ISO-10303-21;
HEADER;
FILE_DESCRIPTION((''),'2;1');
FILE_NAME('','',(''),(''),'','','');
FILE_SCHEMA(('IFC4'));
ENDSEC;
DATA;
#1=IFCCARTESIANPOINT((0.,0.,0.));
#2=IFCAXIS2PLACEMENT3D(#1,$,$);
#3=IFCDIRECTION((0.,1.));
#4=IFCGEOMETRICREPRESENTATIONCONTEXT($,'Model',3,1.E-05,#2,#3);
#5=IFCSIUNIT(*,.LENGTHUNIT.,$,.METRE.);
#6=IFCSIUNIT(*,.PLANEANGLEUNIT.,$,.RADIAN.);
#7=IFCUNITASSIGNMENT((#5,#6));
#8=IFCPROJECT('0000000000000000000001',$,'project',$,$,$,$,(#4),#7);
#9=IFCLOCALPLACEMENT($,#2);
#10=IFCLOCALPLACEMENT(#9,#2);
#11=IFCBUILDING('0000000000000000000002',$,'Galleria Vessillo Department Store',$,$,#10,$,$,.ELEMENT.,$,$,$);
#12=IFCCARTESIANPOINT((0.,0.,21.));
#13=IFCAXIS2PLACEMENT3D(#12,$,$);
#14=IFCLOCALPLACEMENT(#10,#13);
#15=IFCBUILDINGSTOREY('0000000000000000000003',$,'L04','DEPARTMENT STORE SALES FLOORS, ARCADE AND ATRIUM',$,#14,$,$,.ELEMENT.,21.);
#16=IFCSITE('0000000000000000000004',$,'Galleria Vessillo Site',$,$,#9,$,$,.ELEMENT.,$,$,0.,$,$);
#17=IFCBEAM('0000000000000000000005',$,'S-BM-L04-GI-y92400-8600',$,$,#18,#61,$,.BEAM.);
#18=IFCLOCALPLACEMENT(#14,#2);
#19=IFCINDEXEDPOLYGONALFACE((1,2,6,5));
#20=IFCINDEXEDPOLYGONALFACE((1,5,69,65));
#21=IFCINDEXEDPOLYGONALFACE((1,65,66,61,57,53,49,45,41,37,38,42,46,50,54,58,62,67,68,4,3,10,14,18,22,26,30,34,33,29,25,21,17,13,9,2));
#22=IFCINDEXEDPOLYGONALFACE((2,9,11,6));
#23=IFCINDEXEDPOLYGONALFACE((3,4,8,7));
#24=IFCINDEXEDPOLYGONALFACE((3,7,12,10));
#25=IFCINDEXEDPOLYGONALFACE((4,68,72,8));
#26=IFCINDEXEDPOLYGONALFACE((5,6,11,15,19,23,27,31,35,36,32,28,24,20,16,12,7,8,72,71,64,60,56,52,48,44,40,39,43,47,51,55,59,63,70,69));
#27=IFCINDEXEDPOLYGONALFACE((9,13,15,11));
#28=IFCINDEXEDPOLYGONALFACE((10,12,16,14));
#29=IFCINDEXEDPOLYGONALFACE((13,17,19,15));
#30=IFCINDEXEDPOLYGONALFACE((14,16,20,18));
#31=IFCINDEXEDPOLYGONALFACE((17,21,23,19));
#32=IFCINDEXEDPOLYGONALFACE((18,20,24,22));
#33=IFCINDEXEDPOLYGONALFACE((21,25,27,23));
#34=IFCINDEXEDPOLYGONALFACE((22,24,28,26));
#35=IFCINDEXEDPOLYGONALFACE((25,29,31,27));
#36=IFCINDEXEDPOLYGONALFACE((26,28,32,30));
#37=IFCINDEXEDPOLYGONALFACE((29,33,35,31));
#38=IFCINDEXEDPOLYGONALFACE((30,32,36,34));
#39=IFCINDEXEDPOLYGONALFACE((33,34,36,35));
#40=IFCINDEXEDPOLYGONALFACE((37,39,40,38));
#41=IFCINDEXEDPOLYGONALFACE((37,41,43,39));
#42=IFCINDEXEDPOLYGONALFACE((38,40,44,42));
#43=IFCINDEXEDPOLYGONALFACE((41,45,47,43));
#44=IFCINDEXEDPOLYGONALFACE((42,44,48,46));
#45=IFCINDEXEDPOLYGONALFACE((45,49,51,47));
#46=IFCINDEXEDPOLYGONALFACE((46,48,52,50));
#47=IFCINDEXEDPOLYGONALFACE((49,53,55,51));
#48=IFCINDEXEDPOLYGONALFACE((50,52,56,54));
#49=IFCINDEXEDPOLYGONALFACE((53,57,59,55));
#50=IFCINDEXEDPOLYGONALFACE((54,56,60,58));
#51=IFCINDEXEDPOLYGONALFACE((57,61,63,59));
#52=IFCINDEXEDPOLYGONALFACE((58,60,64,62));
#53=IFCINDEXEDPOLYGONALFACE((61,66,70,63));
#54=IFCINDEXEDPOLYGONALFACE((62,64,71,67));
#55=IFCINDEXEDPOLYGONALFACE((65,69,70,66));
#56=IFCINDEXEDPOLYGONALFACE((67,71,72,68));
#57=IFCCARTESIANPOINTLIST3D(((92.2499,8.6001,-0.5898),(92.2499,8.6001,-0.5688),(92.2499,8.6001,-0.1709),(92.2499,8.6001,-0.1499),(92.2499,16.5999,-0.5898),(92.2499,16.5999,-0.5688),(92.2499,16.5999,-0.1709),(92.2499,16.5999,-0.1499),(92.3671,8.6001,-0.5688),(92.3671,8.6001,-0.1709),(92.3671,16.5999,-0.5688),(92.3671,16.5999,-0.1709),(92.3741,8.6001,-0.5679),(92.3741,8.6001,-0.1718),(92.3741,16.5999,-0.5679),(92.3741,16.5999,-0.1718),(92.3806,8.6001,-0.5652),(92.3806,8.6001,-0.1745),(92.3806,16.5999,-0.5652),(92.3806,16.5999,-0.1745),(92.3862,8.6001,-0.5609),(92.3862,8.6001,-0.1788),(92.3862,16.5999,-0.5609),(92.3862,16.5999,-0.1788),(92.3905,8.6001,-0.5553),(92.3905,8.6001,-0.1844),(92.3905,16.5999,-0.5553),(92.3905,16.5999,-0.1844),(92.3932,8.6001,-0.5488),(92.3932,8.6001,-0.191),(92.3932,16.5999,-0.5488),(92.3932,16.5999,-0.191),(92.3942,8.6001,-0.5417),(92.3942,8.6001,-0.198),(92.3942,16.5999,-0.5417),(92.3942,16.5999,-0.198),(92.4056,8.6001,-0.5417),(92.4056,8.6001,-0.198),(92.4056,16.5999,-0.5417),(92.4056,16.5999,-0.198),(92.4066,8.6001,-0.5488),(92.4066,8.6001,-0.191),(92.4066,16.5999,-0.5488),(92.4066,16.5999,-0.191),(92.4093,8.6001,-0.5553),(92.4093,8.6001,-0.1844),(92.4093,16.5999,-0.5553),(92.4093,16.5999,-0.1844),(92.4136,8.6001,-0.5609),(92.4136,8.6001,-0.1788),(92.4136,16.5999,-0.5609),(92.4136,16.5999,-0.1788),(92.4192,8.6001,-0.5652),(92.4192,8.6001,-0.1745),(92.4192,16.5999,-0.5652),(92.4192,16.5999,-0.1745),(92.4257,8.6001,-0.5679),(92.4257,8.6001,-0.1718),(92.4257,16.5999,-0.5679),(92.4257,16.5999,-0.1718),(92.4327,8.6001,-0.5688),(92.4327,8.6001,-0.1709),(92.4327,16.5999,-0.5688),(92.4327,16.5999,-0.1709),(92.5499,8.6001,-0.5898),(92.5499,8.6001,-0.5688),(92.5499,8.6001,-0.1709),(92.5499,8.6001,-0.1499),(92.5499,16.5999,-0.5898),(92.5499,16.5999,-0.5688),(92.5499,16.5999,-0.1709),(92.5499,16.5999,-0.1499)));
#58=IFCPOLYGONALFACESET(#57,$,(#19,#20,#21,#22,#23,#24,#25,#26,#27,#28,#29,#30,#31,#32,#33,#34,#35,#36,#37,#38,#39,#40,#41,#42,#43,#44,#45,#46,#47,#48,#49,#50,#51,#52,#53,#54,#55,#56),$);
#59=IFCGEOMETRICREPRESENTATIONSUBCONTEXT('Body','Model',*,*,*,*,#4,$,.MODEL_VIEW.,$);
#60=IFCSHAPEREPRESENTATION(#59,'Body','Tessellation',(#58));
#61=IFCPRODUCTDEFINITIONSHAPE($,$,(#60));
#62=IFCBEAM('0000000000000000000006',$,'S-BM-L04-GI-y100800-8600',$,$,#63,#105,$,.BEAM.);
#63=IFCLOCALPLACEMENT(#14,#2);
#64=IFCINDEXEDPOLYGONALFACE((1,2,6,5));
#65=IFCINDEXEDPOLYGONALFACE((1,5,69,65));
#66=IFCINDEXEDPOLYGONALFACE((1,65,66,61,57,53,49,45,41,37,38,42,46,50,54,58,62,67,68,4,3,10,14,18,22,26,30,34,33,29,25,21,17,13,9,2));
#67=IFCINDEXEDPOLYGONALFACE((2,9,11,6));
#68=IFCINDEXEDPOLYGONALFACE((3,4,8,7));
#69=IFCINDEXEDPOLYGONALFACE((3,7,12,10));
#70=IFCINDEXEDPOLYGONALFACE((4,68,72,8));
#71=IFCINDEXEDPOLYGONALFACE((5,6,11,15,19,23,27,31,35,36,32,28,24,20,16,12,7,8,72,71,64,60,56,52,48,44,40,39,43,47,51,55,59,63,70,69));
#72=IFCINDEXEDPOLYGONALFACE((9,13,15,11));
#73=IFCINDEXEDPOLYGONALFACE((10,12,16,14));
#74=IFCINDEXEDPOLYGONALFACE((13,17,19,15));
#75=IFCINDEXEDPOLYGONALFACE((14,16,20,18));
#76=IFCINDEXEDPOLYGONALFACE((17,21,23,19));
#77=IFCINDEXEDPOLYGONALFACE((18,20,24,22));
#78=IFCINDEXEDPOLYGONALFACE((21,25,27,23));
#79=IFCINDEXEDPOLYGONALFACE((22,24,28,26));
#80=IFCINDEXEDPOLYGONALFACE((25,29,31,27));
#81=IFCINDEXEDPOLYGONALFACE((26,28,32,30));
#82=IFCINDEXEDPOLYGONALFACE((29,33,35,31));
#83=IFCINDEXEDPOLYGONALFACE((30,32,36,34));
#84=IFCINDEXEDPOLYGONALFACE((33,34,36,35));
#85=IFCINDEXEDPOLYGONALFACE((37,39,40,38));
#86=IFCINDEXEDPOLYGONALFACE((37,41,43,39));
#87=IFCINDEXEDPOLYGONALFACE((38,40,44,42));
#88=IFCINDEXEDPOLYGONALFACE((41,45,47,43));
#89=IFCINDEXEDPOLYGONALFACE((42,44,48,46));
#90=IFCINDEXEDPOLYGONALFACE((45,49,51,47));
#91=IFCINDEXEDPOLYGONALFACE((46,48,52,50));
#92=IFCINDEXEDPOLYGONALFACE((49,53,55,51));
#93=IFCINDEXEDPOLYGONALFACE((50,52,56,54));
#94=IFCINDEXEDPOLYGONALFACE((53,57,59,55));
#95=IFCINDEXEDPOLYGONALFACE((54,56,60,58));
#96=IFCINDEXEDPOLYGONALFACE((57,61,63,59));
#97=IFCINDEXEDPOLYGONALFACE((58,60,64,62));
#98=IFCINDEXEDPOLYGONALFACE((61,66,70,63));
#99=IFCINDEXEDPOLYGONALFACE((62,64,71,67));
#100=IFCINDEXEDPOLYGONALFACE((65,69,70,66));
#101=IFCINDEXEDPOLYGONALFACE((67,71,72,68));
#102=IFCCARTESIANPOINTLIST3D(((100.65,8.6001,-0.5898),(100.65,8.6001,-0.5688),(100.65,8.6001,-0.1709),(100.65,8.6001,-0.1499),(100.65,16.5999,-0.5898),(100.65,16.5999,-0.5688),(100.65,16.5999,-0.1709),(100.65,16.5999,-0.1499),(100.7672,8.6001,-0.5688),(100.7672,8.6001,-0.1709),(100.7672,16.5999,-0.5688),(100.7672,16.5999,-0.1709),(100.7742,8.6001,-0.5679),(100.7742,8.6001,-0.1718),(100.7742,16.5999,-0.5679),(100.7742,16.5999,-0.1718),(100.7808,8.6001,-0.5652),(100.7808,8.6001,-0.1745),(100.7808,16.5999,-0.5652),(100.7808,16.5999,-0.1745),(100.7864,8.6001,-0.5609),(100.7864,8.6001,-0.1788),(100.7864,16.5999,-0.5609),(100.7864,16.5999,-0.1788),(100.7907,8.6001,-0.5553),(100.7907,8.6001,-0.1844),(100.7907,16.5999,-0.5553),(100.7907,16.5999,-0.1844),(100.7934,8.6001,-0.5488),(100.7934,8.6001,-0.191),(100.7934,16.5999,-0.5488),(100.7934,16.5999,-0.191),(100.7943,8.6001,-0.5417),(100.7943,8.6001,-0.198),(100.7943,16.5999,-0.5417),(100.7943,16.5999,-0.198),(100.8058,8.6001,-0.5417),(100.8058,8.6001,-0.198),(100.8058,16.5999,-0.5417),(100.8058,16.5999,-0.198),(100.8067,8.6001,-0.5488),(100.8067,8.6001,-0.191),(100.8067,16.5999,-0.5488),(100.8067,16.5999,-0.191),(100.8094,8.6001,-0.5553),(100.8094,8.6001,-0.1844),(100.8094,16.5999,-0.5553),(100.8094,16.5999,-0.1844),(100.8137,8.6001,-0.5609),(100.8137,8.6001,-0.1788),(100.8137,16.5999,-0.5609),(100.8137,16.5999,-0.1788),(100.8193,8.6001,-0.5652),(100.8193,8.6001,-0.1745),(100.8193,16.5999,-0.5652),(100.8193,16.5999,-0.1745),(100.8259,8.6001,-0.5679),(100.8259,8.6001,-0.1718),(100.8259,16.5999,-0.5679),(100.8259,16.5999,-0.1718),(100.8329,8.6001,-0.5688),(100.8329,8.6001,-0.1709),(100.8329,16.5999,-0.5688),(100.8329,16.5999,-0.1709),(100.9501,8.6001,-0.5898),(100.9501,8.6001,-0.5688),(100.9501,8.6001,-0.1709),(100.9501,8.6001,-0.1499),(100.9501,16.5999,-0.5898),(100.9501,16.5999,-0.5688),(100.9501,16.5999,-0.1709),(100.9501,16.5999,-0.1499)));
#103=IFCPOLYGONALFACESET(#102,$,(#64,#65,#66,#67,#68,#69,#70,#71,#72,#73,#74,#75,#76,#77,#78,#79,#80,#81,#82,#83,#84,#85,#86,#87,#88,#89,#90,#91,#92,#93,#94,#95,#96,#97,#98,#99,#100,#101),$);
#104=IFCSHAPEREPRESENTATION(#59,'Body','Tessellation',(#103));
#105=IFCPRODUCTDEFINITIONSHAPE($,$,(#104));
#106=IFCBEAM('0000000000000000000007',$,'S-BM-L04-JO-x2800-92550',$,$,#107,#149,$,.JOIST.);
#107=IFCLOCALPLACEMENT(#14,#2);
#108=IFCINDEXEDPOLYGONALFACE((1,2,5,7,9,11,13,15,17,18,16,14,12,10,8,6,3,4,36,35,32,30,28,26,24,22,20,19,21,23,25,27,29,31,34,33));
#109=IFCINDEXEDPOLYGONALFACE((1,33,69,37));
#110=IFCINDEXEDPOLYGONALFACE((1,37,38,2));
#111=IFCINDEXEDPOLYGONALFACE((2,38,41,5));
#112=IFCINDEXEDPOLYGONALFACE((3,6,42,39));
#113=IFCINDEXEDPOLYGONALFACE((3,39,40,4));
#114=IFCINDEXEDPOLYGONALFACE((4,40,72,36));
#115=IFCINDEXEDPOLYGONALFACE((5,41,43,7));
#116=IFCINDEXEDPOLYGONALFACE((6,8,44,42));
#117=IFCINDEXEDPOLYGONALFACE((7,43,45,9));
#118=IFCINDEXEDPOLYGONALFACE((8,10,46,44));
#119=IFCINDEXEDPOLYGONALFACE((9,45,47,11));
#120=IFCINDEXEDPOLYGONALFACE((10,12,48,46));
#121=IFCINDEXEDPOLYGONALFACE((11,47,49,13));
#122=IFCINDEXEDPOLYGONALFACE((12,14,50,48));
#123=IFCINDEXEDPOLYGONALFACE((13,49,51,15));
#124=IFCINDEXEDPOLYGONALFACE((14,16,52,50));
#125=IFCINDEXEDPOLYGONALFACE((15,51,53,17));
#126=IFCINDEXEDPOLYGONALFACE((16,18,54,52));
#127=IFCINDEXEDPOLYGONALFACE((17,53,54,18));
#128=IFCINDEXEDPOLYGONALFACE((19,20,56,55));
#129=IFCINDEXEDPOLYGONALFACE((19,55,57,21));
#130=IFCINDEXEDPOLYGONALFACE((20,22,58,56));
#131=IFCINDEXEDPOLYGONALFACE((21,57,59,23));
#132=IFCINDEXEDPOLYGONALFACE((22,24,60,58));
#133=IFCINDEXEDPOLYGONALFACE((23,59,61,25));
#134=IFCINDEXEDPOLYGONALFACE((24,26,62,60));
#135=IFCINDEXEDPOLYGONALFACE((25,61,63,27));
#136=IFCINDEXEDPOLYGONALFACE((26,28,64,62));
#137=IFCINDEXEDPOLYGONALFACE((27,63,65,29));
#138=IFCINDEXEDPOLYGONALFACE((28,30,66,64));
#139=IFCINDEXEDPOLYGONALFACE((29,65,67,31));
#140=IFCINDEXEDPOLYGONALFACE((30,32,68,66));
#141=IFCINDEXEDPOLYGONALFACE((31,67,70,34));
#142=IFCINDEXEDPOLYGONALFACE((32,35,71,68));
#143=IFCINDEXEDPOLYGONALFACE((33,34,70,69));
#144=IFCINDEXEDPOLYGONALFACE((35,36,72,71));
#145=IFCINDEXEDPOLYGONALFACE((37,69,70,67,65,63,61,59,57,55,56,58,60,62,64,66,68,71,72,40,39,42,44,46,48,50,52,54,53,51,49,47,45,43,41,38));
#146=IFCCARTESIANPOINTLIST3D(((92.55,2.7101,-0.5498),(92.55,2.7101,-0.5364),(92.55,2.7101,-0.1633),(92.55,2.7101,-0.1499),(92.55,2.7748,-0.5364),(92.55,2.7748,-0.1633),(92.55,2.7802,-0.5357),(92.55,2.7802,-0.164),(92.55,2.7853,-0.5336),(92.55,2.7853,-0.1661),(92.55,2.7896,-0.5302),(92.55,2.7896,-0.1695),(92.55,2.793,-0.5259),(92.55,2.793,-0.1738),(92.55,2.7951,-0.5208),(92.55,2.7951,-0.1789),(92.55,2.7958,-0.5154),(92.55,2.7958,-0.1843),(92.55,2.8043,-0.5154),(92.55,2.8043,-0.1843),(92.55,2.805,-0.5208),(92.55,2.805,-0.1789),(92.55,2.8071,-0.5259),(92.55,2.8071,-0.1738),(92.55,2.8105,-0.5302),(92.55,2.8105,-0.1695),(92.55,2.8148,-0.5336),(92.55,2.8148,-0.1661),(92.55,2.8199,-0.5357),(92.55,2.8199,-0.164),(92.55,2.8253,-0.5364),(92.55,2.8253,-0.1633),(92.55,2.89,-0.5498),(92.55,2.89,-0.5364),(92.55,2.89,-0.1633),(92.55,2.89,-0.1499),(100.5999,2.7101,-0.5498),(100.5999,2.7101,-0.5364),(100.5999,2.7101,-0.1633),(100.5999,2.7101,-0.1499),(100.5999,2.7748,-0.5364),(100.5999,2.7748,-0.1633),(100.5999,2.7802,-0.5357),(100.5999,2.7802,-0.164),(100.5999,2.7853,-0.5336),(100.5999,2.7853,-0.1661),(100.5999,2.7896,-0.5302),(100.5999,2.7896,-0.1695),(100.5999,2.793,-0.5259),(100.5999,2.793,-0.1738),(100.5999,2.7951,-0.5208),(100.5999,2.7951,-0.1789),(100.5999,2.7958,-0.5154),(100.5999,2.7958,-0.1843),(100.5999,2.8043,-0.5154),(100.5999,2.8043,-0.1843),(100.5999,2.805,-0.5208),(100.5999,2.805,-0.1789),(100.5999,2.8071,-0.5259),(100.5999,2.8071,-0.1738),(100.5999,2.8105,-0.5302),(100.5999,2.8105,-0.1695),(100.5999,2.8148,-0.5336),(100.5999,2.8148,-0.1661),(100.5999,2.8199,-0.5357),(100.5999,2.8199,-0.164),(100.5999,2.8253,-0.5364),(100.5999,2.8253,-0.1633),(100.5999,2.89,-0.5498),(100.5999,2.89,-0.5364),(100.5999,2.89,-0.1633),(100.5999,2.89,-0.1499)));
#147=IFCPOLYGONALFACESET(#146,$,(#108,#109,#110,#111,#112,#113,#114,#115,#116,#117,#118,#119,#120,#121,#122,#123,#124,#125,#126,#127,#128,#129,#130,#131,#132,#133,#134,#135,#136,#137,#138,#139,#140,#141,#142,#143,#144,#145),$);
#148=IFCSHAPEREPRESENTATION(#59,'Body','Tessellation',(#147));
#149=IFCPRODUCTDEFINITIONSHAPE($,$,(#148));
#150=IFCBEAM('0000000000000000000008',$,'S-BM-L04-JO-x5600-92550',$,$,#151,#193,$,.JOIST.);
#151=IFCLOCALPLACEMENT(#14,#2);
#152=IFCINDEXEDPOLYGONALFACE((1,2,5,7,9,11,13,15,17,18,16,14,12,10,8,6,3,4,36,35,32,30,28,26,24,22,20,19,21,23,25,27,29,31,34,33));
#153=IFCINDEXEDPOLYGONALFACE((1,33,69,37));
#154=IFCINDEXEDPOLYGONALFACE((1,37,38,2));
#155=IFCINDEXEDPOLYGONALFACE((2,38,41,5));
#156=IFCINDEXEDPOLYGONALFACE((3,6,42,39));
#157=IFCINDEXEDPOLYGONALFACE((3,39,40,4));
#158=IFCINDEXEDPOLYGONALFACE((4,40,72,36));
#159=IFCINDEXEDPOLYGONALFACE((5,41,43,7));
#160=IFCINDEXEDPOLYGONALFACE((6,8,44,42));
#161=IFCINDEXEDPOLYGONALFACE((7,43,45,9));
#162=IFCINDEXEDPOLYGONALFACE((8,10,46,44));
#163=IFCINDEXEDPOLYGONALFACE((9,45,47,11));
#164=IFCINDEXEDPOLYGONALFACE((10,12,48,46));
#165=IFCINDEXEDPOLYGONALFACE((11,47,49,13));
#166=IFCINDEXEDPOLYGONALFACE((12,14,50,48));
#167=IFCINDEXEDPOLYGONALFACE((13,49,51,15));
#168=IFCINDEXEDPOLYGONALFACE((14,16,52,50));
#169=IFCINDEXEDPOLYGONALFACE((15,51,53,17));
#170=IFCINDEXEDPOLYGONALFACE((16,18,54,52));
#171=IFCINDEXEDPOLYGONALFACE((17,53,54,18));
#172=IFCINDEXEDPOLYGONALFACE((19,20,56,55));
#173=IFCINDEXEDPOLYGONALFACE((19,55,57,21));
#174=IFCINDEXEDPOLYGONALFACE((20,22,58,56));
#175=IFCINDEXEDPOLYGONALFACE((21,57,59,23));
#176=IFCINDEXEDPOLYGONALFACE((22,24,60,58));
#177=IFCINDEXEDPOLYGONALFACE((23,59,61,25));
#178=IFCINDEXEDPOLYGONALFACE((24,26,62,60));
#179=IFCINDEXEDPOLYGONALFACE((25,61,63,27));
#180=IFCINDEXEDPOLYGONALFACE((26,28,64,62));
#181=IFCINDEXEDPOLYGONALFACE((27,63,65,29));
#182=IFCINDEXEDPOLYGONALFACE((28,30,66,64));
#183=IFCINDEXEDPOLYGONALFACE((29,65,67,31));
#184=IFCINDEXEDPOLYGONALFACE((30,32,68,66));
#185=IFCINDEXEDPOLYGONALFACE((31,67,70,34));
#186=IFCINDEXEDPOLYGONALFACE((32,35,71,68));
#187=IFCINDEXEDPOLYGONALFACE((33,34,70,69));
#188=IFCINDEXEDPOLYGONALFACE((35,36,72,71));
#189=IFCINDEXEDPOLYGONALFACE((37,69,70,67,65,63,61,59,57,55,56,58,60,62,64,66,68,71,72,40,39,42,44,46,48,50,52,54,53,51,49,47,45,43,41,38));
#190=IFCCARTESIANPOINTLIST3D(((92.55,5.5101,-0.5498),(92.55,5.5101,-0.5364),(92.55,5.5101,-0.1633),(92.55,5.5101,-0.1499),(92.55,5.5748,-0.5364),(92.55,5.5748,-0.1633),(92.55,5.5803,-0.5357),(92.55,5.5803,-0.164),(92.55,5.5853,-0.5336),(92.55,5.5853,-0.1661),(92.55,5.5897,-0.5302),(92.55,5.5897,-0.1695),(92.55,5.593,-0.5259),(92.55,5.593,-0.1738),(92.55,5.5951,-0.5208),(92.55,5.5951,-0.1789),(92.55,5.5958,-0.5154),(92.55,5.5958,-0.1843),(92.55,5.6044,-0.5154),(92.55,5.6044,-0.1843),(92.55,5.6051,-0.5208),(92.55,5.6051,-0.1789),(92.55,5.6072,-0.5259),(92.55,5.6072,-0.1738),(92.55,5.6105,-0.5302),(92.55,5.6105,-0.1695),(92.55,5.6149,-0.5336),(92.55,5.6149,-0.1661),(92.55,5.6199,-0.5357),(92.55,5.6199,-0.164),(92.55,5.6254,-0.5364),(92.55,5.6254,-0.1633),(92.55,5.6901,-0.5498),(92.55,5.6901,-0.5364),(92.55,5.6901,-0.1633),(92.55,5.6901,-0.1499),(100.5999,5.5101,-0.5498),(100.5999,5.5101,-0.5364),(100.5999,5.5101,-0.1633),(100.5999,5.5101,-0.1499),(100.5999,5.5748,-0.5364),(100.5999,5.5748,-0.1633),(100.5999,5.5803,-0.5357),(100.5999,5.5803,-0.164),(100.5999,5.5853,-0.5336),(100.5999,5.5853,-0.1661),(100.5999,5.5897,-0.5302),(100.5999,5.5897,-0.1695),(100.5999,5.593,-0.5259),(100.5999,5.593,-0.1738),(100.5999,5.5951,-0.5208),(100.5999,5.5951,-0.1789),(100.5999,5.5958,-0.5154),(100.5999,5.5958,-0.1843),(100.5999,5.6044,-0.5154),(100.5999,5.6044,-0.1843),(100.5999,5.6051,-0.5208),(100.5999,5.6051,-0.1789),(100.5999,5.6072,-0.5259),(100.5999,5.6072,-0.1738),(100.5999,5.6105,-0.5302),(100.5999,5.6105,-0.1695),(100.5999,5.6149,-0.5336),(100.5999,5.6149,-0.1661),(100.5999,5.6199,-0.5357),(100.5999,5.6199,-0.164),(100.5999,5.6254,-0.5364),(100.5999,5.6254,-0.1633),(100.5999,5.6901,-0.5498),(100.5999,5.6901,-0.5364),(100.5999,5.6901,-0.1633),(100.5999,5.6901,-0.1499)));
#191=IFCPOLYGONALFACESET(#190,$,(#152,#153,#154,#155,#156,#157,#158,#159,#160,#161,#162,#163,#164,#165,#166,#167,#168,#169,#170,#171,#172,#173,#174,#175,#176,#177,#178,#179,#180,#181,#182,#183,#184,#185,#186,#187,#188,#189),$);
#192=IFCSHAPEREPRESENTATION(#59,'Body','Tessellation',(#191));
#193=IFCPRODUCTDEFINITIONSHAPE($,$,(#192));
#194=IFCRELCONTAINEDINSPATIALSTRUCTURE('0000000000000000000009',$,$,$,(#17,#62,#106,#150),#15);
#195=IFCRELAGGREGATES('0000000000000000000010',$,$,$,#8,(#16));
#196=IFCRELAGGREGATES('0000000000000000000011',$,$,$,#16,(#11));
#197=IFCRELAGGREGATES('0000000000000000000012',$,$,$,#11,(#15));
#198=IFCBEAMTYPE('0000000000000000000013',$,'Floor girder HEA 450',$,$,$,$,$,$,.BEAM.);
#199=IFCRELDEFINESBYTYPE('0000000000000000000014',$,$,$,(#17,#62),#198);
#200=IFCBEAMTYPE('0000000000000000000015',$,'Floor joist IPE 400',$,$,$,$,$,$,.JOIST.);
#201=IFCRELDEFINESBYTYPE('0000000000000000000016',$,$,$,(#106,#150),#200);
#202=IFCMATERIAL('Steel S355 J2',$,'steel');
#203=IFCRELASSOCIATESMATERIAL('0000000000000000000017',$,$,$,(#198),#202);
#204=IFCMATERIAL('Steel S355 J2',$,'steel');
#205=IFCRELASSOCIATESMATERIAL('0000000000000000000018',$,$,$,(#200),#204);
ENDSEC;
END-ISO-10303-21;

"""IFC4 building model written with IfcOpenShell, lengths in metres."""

from ifc_helpers import new_model, si_unit, direction, frame, origin, origin_2d, place, context, subcontext, project, spatial, i_section, extrude, material, material_profile, profile_set, type_object, element, save


model = new_model("IFC4")

# Units and contexts
model_context = context("Model", 3, precision=1e-05, world=origin(), true_north=direction((0.0, 1.0)))
body_context = subcontext(model_context, "Body", "Model", "MODEL_VIEW")
ifc_project = project(units=[si_unit("LENGTHUNIT", "METRE"), si_unit("PLANEANGLEUNIT", "RADIAN")], contexts=[model_context])

# Site, building, storey
site_placement = place(None, origin())
site = spatial("IfcSite", under=ifc_project, at=site_placement, Name="Galleria Vessillo Site", CompositionType="ELEMENT", RefElevation=0.0)
building_placement = place(site_placement, origin())
building = spatial("IfcBuilding", under=site, at=building_placement, Name="Galleria Vessillo Department Store", CompositionType="ELEMENT")
storey_placement = place(building_placement, frame((0.0, 0.0, 21.0)))
storey = spatial("IfcBuildingStorey", under=building, at=storey_placement, Name="L04", Description="DEPARTMENT STORE SALES FLOORS, ARCADE AND ATRIUM", CompositionType="ELEMENT", Elevation=21.0)

# Beams
ifc_material_1 = material(Name="Steel S355 J2", Category="steel")
ifc_material_profile_1 = material_profile(ifc_material_1, i_section(OverallWidth=0.3, OverallDepth=0.4399, WebThickness=0.0115, FlangeThickness=0.021, FilletRadius=0.0271, at=origin_2d()), Name="HEA 450")
ifc_profile_set_1 = profile_set([ifc_material_profile_1], Name="Steel S355 J2")
beam_type_1 = type_object("IfcBeamType", Name="Floor girder HEA 450", PredefinedType="BEAM", material=ifc_profile_set_1)
for number, where, z_axis, x_axis, name in (
    (1, (92.3999, 8.6001, -0.3699), (0.0, 1.0, 0.0), (-1.0, 0.0, 0.0), "S-BM-L04-GI-y92400-8600"),
    (2, (100.8, 8.6001, -0.3699), (0.0, 1.0, 0.0), (-1.0, 0.0, 0.0), "S-BM-L04-GI-y100800-8600"),
):
    element("IfcBeam", number, at=place(storey_placement, frame(where, z_axis=z_axis, x_axis=x_axis)), inside=storey, type_object=beam_type_1, Name=name, PredefinedType="BEAM", context=body_context, shape_type="SweptSolid", body=[
        extrude(i_section(OverallWidth=0.3, OverallDepth=0.4399, WebThickness=0.0115, FlangeThickness=0.021, FilletRadius=0.0271, at=origin_2d()), origin(), (0.0, 0.0, 1.0), 7.9998),
    ])
ifc_material_2 = material(Name="Steel S355 J2", Category="steel")
ifc_material_profile_2 = material_profile(ifc_material_2, i_section(OverallWidth=0.1799, OverallDepth=0.3999, WebThickness=0.0085, FlangeThickness=0.0134, FilletRadius=0.021, at=origin_2d()), Name="IPE 400")
ifc_profile_set_2 = profile_set([ifc_material_profile_2], Name="Steel S355 J2")
beam_type_2 = type_object("IfcBeamType", Name="Floor joist IPE 400", PredefinedType="JOIST", material=ifc_profile_set_2)
for number, where, z_axis, x_axis, name in (
    (3, (92.55, 2.8, -0.3499), (1.0, 0.0, 0.0), (0.0, 1.0, 0.0), "S-BM-L04-JO-x2800-92550"),
    (4, (92.55, 5.6001, -0.3499), (1.0, 0.0, 0.0), (0.0, 1.0, 0.0), "S-BM-L04-JO-x5600-92550"),
):
    element("IfcBeam", number, at=place(storey_placement, frame(where, z_axis=z_axis, x_axis=x_axis)), inside=storey, type_object=beam_type_2, Name=name, PredefinedType="JOIST", context=body_context, shape_type="SweptSolid", body=[
        extrude(i_section(OverallWidth=0.1799, OverallDepth=0.3999, WebThickness=0.0085, FlangeThickness=0.0134, FilletRadius=0.021, at=origin_2d()), origin(), (0.0, 0.0, 1.0), 8.0498),
    ])

save(model, "model.ifc")
